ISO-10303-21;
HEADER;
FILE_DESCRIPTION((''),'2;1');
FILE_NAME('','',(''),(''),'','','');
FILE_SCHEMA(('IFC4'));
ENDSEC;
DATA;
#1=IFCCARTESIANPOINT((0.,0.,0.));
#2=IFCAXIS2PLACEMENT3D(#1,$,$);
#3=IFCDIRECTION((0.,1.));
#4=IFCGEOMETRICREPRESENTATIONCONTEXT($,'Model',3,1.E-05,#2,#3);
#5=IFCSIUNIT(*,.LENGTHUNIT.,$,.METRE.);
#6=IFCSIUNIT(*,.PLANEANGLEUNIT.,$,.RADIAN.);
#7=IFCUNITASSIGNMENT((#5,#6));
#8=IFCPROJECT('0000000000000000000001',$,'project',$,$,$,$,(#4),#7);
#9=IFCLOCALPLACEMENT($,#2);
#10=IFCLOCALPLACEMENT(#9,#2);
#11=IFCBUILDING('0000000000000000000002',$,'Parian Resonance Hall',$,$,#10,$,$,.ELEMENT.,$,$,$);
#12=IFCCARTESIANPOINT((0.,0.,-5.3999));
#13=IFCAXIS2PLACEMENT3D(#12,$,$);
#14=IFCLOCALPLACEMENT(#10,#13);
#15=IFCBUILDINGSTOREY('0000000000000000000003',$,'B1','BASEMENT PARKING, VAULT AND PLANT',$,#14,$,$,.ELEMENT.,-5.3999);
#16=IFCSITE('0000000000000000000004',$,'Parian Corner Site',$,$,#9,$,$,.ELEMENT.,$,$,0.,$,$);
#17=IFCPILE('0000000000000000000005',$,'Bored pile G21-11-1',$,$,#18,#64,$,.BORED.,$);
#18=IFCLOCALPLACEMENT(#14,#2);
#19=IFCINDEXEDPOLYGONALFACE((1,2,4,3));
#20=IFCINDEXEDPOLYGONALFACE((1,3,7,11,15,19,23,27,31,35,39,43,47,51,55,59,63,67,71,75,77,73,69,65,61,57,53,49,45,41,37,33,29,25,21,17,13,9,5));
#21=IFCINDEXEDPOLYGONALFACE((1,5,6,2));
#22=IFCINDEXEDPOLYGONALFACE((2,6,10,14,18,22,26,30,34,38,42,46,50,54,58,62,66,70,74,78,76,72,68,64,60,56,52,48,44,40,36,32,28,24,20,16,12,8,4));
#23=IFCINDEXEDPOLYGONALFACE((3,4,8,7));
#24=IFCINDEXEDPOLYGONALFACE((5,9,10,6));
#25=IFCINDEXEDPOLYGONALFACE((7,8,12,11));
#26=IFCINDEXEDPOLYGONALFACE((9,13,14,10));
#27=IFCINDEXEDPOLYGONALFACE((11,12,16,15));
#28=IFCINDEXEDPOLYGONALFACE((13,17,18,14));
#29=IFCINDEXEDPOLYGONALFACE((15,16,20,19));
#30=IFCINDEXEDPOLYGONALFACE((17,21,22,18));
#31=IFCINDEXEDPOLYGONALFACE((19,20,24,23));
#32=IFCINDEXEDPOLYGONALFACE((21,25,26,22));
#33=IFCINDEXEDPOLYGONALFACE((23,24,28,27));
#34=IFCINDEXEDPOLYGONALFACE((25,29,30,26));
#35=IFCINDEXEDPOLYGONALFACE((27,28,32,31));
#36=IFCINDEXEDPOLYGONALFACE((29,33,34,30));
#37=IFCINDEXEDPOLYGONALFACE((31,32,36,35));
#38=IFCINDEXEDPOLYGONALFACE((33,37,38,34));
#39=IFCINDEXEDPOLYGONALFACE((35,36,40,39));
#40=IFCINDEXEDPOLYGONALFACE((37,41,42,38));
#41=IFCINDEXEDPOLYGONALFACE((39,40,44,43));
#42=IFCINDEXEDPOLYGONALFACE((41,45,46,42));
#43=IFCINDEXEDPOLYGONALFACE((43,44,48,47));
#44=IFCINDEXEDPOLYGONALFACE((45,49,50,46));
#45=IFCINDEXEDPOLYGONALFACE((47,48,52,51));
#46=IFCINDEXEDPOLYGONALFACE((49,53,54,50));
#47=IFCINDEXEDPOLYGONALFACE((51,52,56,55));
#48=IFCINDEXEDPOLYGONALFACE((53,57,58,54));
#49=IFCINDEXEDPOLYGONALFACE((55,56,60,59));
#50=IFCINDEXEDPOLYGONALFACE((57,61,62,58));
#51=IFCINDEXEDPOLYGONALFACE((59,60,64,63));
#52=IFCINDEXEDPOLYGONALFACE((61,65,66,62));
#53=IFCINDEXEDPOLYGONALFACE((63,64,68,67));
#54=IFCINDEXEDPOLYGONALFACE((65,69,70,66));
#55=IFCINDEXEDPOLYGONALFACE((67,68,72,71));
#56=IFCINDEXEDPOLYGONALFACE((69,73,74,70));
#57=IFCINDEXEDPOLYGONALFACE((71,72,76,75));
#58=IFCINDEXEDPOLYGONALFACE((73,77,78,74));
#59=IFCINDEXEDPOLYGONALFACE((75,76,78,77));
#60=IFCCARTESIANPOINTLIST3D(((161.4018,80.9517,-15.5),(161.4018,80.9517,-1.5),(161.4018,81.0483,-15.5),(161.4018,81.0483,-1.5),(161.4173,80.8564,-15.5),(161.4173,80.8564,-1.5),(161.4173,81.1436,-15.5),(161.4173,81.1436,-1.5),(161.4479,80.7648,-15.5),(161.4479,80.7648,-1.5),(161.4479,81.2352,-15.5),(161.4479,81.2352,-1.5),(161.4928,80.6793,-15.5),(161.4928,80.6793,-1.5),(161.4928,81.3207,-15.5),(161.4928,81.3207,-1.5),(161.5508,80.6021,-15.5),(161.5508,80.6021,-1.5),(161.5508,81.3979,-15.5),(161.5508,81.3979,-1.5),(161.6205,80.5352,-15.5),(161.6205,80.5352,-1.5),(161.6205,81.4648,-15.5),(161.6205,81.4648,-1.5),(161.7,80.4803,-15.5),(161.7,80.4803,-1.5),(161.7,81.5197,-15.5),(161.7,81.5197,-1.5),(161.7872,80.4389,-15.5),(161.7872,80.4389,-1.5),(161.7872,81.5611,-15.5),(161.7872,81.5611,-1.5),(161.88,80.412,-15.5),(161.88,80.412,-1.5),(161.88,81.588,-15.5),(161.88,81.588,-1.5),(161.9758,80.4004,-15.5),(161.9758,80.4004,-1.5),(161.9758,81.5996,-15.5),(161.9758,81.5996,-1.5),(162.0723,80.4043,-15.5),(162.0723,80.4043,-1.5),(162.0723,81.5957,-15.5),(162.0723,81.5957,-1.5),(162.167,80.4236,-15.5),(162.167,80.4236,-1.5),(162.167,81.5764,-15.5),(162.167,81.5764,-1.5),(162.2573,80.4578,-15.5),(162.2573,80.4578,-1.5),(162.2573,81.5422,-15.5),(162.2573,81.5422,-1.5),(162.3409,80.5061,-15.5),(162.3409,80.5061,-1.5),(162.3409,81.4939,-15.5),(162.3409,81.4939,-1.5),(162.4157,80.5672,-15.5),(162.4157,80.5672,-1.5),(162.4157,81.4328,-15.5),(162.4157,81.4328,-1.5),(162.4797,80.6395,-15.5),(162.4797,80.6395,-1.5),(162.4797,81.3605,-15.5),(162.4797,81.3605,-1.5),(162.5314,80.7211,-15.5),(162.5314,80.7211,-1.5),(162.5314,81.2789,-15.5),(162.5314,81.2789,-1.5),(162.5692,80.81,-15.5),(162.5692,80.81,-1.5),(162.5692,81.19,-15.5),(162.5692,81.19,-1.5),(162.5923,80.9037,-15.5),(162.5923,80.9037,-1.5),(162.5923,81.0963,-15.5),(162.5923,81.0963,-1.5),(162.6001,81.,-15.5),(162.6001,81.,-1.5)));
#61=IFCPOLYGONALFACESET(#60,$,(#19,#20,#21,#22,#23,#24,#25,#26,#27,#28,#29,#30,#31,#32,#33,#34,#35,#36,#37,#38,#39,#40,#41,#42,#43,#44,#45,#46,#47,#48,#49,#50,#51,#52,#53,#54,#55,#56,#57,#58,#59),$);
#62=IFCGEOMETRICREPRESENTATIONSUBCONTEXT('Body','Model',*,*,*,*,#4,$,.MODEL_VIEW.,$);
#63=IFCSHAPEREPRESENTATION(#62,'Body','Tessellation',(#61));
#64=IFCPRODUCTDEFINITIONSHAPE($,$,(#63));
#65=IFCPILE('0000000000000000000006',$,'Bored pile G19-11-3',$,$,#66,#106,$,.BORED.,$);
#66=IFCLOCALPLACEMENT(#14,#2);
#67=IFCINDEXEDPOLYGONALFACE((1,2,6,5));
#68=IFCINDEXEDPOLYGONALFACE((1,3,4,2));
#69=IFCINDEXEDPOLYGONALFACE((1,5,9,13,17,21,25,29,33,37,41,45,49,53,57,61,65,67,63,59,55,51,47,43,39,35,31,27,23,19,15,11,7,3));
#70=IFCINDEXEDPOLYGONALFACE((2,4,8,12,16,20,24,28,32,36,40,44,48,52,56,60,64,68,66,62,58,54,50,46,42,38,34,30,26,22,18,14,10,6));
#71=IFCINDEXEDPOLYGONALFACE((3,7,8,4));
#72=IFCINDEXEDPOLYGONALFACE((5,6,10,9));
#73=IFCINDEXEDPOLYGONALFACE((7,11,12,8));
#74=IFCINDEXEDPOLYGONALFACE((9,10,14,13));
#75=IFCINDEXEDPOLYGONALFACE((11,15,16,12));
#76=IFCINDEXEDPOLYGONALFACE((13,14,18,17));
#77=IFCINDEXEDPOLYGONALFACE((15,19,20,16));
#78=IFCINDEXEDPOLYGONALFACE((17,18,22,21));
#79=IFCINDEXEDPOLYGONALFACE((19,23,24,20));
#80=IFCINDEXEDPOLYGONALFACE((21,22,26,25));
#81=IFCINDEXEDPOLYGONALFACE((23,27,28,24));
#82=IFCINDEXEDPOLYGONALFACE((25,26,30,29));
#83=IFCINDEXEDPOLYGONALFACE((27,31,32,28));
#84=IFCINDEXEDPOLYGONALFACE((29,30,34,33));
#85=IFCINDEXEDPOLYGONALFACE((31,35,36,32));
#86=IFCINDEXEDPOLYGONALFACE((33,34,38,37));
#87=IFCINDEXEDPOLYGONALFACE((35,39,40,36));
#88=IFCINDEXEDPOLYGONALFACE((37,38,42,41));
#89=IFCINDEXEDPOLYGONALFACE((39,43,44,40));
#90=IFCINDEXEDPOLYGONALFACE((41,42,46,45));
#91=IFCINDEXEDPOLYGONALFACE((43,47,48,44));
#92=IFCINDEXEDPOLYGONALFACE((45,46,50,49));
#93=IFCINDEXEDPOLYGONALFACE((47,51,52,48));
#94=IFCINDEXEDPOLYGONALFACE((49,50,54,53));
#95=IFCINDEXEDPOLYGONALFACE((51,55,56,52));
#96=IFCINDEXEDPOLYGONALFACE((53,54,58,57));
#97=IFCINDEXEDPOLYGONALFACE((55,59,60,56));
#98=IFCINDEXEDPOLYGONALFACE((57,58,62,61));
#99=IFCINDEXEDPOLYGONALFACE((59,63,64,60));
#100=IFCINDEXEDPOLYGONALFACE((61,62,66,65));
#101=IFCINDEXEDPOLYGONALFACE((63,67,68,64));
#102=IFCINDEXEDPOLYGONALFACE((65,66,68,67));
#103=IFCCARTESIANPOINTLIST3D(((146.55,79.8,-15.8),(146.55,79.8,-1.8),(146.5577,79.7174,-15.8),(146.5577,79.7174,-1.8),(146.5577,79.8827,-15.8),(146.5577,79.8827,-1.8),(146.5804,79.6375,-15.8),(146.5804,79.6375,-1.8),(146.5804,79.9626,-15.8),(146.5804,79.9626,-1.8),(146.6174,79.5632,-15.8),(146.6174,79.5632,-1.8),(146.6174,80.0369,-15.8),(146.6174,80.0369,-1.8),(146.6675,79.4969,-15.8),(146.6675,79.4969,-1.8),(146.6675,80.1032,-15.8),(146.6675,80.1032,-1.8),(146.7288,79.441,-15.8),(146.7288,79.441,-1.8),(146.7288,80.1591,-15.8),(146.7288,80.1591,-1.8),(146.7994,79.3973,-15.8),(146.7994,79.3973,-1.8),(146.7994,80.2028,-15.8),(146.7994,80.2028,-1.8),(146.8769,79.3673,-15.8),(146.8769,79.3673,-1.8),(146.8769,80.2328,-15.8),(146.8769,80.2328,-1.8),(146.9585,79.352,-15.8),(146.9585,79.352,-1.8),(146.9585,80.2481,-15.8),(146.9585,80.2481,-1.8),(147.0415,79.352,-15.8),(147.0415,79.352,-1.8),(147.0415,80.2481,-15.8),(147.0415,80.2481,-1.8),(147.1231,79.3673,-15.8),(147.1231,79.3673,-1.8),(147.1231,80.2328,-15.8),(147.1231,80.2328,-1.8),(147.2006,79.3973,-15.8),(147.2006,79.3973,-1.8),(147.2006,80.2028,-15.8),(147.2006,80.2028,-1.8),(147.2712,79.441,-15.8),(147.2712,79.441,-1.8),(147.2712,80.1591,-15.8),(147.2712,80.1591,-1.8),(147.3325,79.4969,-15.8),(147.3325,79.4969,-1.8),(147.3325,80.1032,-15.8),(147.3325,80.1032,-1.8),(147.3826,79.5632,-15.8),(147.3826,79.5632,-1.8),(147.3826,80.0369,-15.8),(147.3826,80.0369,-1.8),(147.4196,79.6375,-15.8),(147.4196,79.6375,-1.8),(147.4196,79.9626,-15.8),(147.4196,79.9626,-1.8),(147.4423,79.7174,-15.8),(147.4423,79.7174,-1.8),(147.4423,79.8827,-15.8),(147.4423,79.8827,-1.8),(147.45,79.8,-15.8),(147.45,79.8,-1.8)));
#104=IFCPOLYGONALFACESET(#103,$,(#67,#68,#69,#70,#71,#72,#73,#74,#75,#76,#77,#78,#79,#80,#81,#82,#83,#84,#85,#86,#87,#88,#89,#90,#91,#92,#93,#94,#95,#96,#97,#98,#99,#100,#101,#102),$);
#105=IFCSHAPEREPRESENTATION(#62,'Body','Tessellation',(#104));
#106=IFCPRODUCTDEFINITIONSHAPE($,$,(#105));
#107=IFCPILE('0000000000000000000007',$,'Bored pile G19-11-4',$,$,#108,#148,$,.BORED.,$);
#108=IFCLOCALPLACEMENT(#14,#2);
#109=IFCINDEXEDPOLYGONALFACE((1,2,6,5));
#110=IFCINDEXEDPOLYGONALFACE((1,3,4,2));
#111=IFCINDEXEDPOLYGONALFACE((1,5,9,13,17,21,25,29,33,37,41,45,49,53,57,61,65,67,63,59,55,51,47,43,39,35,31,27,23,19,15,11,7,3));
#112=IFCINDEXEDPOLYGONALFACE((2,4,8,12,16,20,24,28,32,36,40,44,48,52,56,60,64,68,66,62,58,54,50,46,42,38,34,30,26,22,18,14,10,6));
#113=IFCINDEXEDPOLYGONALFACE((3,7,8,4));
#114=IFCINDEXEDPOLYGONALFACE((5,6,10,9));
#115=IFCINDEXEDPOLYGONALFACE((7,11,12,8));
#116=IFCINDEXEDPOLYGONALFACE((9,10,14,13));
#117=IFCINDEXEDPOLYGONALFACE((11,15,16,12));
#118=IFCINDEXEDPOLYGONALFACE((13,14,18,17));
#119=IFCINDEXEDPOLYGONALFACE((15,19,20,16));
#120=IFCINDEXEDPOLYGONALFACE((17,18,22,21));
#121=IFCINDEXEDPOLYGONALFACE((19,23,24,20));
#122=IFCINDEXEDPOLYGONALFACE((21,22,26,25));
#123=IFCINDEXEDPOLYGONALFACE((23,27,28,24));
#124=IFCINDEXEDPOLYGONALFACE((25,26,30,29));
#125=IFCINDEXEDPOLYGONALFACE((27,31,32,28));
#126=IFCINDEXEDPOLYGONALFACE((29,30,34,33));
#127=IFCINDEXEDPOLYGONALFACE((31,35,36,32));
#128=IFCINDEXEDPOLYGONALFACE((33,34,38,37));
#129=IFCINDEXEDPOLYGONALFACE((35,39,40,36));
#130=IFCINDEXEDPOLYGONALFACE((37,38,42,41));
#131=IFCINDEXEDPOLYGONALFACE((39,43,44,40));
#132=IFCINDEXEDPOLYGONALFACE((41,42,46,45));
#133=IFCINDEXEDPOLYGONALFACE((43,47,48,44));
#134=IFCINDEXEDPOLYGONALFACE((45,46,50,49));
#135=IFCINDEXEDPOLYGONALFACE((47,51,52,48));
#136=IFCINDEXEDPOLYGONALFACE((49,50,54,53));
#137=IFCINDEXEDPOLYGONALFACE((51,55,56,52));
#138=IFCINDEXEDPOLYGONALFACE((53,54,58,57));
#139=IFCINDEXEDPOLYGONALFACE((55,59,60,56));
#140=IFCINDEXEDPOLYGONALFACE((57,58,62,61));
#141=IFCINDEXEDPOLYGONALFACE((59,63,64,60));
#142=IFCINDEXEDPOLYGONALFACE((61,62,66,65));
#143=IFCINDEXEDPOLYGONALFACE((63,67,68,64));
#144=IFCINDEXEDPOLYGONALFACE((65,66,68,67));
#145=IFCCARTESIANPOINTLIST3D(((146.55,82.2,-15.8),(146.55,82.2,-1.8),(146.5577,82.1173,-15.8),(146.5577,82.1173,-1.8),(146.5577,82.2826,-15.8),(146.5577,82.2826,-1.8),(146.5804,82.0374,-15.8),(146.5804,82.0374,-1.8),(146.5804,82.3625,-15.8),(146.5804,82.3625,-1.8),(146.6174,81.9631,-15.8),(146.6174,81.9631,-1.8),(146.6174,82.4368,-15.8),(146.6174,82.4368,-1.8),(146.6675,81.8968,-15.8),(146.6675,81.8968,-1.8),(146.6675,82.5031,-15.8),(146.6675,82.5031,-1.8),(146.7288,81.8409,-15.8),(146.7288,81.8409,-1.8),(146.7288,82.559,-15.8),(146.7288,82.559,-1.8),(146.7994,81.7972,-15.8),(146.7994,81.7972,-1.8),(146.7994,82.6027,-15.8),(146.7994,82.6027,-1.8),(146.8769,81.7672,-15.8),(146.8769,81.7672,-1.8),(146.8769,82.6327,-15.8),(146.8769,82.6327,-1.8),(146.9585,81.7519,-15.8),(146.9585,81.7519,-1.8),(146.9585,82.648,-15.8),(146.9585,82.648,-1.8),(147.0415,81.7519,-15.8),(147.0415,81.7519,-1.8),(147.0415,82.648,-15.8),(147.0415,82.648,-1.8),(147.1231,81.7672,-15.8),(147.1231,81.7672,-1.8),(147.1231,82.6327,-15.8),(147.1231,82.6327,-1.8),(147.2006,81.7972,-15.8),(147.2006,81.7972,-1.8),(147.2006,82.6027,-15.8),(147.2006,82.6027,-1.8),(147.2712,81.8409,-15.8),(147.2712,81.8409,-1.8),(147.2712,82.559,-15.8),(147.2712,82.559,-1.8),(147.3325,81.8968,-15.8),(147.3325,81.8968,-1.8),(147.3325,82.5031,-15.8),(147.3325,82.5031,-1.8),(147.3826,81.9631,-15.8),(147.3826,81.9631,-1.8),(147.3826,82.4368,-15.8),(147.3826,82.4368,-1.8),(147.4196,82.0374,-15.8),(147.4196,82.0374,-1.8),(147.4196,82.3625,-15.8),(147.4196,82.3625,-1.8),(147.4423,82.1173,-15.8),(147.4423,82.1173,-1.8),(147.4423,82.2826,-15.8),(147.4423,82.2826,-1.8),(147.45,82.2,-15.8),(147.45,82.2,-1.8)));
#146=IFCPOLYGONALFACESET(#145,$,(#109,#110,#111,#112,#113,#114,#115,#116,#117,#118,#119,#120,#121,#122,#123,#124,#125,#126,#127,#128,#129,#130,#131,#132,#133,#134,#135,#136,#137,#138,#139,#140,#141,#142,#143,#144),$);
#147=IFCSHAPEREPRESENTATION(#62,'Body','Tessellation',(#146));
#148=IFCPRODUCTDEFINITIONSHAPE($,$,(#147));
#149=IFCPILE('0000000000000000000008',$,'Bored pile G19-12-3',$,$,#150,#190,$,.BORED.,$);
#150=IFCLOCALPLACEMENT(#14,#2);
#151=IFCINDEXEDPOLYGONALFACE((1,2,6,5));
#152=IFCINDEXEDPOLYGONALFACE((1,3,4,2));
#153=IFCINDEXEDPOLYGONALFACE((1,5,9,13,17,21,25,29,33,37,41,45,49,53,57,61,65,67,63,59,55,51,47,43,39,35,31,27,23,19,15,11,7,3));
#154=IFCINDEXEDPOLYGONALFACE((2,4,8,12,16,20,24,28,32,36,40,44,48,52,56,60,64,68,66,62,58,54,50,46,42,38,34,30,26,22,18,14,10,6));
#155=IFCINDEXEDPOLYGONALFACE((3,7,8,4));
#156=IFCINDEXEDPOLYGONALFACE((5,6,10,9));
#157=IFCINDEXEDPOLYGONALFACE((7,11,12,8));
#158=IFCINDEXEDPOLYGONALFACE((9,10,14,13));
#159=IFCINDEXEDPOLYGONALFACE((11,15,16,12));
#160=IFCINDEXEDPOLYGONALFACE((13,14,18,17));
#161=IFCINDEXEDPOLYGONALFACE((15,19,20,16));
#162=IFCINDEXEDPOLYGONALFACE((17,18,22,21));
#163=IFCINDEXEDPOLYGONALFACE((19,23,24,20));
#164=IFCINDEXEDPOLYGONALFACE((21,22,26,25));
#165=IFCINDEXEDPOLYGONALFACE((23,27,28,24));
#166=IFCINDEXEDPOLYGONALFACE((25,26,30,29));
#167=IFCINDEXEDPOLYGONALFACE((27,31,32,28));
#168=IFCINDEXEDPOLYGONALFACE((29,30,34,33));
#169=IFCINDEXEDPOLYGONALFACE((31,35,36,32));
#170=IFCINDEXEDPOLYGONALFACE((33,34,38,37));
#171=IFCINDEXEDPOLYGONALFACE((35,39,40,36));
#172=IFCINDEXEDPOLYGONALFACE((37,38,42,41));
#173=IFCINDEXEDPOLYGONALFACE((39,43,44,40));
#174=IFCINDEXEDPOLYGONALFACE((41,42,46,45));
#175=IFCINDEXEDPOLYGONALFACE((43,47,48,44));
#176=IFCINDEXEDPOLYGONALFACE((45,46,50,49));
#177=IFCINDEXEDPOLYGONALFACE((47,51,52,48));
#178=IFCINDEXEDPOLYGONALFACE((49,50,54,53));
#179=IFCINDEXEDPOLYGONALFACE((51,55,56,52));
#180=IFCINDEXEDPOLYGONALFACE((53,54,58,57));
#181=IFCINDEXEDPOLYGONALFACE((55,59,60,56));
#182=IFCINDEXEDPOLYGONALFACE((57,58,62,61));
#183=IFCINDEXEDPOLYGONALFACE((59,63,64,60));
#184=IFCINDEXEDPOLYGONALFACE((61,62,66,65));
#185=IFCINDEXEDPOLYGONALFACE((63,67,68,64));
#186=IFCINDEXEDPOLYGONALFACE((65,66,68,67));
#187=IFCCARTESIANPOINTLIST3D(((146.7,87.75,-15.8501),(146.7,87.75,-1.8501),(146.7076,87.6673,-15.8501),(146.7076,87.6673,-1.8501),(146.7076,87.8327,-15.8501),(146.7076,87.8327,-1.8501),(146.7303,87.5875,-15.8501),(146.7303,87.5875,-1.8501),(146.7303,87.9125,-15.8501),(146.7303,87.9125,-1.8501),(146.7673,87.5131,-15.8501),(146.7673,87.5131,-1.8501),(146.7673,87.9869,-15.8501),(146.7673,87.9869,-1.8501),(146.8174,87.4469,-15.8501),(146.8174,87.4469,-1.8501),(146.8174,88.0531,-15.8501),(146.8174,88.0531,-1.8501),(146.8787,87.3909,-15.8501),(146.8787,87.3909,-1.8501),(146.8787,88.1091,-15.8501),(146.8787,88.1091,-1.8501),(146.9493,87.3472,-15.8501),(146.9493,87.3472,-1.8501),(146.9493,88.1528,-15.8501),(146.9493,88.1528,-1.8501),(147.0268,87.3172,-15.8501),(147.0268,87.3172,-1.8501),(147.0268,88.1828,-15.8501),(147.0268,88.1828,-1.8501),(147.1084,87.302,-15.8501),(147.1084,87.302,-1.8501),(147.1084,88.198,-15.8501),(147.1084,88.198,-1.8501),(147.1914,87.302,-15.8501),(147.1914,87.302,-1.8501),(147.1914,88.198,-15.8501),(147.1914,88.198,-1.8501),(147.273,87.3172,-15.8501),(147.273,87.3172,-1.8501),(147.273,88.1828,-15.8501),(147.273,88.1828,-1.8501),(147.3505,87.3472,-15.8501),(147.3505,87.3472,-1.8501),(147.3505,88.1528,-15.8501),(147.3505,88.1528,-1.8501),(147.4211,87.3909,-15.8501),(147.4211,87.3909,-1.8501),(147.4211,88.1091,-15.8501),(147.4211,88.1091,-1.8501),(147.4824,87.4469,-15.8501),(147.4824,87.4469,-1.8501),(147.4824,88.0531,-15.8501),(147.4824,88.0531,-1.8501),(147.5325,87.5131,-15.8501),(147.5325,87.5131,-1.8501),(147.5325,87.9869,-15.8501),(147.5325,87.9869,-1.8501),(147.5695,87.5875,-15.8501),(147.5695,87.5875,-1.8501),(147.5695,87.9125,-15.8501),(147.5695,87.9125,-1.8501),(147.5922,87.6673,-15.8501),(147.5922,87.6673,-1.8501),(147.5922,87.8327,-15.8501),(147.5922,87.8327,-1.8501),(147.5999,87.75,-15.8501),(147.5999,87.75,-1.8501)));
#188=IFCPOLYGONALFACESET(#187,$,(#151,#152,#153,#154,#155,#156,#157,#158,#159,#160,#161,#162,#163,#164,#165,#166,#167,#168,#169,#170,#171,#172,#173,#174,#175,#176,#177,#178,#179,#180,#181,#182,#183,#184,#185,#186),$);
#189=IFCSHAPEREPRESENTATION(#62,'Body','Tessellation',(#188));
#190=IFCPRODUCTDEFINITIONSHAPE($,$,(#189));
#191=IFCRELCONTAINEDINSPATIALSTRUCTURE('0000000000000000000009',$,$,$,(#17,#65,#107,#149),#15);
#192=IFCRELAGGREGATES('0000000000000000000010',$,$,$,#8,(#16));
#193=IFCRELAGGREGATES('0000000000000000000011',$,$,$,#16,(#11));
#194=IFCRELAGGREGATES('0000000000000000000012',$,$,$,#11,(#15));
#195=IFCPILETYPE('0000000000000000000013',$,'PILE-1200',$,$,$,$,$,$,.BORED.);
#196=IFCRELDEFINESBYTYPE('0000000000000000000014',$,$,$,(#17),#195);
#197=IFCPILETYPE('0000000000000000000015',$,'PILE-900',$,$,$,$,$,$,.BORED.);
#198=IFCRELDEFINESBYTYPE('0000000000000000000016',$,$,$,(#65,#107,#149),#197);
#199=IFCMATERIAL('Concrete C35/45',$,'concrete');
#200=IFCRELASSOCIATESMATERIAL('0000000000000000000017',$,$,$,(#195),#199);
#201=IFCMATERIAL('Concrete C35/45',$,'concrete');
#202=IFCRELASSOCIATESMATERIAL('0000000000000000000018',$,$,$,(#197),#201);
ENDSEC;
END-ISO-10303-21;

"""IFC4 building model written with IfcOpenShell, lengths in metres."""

from ifc_helpers import new_model, si_unit, direction, frame, origin, origin_2d, place, context, subcontext, project, spatial, circle, extrude, material, material_profile, profile_set, type_object, element, save


model = new_model("IFC4")

# Units and contexts
model_context = context("Model", 3, precision=1e-05, world=origin(), true_north=direction((0.0, 1.0)))
body_context = subcontext(model_context, "Body", "Model", "MODEL_VIEW")
ifc_project = project(units=[si_unit("LENGTHUNIT", "METRE"), si_unit("PLANEANGLEUNIT", "RADIAN")], contexts=[model_context])

# Site, building, storey
site_placement = place(None, origin())
site = spatial("IfcSite", under=ifc_project, at=site_placement, Name="Parian Corner Site", CompositionType="ELEMENT", RefElevation=0.0)
building_placement = place(site_placement, origin())
building = spatial("IfcBuilding", under=site, at=building_placement, Name="Parian Resonance Hall", CompositionType="ELEMENT")
storey_placement = place(building_placement, frame((0.0, 0.0, -5.3999)))
storey = spatial("IfcBuildingStorey", under=building, at=storey_placement, Name="B1", Description="BASEMENT PARKING, VAULT AND PLANT", CompositionType="ELEMENT", Elevation=-5.3999)

# Piles
ifc_material_1 = material(Name="Concrete C35/45", Category="concrete")
ifc_material_profile_1 = material_profile(ifc_material_1, circle(Radius=0.6001, at=origin_2d()), Name="PILE-D1200")
ifc_profile_set_1 = profile_set([ifc_material_profile_1], Name="Concrete C35/45")
pile_type_1 = type_object("IfcPileType", Name="PILE-1200", PredefinedType="BORED", material=ifc_profile_set_1)
for number, where, z_axis, x_axis, name in (
    (1, (162.0, 81.0, -1.5), (0.0, 0.0, -1.0), (1.0, 0.0, 0.0), "Bored pile G21-11-1"),
):
    element("IfcPile", number, at=place(storey_placement, frame(where, z_axis=z_axis, x_axis=x_axis)), inside=storey, type_object=pile_type_1, Name=name, PredefinedType="BORED", context=body_context, shape_type="SweptSolid", body=[
        extrude(circle(Radius=0.6001, at=origin_2d()), origin(), (0.0, 0.0, 1.0), 14.0),
    ])
ifc_material_2 = material(Name="Concrete C35/45", Category="concrete")
ifc_material_profile_2 = material_profile(ifc_material_2, circle(Radius=0.45, at=origin_2d()), Name="PILE-D900")
ifc_profile_set_2 = profile_set([ifc_material_profile_2], Name="Concrete C35/45")
pile_type_2 = type_object("IfcPileType", Name="PILE-900", PredefinedType="BORED", material=ifc_profile_set_2)
for number, where, z_axis, x_axis, name in (
    (2, (147.0, 79.8, -1.8), (0.0, 0.0, -1.0), (1.0, 0.0, 0.0), "Bored pile G19-11-3"),
    (3, (147.0, 82.2, -1.8), (0.0, 0.0, -1.0), (1.0, 0.0, 0.0), "Bored pile G19-11-4"),
    (4, (147.1499, 87.75, -1.8501), (0.0, 0.0, -1.0), (1.0, 0.0, 0.0), "Bored pile G19-12-3"),
):
    element("IfcPile", number, at=place(storey_placement, frame(where, z_axis=z_axis, x_axis=x_axis)), inside=storey, type_object=pile_type_2, Name=name, PredefinedType="BORED", context=body_context, shape_type="SweptSolid", body=[
        extrude(circle(Radius=0.45, at=origin_2d()), origin(), (0.0, 0.0, 1.0), 14.0),
    ])

save(model, "model.ifc")
